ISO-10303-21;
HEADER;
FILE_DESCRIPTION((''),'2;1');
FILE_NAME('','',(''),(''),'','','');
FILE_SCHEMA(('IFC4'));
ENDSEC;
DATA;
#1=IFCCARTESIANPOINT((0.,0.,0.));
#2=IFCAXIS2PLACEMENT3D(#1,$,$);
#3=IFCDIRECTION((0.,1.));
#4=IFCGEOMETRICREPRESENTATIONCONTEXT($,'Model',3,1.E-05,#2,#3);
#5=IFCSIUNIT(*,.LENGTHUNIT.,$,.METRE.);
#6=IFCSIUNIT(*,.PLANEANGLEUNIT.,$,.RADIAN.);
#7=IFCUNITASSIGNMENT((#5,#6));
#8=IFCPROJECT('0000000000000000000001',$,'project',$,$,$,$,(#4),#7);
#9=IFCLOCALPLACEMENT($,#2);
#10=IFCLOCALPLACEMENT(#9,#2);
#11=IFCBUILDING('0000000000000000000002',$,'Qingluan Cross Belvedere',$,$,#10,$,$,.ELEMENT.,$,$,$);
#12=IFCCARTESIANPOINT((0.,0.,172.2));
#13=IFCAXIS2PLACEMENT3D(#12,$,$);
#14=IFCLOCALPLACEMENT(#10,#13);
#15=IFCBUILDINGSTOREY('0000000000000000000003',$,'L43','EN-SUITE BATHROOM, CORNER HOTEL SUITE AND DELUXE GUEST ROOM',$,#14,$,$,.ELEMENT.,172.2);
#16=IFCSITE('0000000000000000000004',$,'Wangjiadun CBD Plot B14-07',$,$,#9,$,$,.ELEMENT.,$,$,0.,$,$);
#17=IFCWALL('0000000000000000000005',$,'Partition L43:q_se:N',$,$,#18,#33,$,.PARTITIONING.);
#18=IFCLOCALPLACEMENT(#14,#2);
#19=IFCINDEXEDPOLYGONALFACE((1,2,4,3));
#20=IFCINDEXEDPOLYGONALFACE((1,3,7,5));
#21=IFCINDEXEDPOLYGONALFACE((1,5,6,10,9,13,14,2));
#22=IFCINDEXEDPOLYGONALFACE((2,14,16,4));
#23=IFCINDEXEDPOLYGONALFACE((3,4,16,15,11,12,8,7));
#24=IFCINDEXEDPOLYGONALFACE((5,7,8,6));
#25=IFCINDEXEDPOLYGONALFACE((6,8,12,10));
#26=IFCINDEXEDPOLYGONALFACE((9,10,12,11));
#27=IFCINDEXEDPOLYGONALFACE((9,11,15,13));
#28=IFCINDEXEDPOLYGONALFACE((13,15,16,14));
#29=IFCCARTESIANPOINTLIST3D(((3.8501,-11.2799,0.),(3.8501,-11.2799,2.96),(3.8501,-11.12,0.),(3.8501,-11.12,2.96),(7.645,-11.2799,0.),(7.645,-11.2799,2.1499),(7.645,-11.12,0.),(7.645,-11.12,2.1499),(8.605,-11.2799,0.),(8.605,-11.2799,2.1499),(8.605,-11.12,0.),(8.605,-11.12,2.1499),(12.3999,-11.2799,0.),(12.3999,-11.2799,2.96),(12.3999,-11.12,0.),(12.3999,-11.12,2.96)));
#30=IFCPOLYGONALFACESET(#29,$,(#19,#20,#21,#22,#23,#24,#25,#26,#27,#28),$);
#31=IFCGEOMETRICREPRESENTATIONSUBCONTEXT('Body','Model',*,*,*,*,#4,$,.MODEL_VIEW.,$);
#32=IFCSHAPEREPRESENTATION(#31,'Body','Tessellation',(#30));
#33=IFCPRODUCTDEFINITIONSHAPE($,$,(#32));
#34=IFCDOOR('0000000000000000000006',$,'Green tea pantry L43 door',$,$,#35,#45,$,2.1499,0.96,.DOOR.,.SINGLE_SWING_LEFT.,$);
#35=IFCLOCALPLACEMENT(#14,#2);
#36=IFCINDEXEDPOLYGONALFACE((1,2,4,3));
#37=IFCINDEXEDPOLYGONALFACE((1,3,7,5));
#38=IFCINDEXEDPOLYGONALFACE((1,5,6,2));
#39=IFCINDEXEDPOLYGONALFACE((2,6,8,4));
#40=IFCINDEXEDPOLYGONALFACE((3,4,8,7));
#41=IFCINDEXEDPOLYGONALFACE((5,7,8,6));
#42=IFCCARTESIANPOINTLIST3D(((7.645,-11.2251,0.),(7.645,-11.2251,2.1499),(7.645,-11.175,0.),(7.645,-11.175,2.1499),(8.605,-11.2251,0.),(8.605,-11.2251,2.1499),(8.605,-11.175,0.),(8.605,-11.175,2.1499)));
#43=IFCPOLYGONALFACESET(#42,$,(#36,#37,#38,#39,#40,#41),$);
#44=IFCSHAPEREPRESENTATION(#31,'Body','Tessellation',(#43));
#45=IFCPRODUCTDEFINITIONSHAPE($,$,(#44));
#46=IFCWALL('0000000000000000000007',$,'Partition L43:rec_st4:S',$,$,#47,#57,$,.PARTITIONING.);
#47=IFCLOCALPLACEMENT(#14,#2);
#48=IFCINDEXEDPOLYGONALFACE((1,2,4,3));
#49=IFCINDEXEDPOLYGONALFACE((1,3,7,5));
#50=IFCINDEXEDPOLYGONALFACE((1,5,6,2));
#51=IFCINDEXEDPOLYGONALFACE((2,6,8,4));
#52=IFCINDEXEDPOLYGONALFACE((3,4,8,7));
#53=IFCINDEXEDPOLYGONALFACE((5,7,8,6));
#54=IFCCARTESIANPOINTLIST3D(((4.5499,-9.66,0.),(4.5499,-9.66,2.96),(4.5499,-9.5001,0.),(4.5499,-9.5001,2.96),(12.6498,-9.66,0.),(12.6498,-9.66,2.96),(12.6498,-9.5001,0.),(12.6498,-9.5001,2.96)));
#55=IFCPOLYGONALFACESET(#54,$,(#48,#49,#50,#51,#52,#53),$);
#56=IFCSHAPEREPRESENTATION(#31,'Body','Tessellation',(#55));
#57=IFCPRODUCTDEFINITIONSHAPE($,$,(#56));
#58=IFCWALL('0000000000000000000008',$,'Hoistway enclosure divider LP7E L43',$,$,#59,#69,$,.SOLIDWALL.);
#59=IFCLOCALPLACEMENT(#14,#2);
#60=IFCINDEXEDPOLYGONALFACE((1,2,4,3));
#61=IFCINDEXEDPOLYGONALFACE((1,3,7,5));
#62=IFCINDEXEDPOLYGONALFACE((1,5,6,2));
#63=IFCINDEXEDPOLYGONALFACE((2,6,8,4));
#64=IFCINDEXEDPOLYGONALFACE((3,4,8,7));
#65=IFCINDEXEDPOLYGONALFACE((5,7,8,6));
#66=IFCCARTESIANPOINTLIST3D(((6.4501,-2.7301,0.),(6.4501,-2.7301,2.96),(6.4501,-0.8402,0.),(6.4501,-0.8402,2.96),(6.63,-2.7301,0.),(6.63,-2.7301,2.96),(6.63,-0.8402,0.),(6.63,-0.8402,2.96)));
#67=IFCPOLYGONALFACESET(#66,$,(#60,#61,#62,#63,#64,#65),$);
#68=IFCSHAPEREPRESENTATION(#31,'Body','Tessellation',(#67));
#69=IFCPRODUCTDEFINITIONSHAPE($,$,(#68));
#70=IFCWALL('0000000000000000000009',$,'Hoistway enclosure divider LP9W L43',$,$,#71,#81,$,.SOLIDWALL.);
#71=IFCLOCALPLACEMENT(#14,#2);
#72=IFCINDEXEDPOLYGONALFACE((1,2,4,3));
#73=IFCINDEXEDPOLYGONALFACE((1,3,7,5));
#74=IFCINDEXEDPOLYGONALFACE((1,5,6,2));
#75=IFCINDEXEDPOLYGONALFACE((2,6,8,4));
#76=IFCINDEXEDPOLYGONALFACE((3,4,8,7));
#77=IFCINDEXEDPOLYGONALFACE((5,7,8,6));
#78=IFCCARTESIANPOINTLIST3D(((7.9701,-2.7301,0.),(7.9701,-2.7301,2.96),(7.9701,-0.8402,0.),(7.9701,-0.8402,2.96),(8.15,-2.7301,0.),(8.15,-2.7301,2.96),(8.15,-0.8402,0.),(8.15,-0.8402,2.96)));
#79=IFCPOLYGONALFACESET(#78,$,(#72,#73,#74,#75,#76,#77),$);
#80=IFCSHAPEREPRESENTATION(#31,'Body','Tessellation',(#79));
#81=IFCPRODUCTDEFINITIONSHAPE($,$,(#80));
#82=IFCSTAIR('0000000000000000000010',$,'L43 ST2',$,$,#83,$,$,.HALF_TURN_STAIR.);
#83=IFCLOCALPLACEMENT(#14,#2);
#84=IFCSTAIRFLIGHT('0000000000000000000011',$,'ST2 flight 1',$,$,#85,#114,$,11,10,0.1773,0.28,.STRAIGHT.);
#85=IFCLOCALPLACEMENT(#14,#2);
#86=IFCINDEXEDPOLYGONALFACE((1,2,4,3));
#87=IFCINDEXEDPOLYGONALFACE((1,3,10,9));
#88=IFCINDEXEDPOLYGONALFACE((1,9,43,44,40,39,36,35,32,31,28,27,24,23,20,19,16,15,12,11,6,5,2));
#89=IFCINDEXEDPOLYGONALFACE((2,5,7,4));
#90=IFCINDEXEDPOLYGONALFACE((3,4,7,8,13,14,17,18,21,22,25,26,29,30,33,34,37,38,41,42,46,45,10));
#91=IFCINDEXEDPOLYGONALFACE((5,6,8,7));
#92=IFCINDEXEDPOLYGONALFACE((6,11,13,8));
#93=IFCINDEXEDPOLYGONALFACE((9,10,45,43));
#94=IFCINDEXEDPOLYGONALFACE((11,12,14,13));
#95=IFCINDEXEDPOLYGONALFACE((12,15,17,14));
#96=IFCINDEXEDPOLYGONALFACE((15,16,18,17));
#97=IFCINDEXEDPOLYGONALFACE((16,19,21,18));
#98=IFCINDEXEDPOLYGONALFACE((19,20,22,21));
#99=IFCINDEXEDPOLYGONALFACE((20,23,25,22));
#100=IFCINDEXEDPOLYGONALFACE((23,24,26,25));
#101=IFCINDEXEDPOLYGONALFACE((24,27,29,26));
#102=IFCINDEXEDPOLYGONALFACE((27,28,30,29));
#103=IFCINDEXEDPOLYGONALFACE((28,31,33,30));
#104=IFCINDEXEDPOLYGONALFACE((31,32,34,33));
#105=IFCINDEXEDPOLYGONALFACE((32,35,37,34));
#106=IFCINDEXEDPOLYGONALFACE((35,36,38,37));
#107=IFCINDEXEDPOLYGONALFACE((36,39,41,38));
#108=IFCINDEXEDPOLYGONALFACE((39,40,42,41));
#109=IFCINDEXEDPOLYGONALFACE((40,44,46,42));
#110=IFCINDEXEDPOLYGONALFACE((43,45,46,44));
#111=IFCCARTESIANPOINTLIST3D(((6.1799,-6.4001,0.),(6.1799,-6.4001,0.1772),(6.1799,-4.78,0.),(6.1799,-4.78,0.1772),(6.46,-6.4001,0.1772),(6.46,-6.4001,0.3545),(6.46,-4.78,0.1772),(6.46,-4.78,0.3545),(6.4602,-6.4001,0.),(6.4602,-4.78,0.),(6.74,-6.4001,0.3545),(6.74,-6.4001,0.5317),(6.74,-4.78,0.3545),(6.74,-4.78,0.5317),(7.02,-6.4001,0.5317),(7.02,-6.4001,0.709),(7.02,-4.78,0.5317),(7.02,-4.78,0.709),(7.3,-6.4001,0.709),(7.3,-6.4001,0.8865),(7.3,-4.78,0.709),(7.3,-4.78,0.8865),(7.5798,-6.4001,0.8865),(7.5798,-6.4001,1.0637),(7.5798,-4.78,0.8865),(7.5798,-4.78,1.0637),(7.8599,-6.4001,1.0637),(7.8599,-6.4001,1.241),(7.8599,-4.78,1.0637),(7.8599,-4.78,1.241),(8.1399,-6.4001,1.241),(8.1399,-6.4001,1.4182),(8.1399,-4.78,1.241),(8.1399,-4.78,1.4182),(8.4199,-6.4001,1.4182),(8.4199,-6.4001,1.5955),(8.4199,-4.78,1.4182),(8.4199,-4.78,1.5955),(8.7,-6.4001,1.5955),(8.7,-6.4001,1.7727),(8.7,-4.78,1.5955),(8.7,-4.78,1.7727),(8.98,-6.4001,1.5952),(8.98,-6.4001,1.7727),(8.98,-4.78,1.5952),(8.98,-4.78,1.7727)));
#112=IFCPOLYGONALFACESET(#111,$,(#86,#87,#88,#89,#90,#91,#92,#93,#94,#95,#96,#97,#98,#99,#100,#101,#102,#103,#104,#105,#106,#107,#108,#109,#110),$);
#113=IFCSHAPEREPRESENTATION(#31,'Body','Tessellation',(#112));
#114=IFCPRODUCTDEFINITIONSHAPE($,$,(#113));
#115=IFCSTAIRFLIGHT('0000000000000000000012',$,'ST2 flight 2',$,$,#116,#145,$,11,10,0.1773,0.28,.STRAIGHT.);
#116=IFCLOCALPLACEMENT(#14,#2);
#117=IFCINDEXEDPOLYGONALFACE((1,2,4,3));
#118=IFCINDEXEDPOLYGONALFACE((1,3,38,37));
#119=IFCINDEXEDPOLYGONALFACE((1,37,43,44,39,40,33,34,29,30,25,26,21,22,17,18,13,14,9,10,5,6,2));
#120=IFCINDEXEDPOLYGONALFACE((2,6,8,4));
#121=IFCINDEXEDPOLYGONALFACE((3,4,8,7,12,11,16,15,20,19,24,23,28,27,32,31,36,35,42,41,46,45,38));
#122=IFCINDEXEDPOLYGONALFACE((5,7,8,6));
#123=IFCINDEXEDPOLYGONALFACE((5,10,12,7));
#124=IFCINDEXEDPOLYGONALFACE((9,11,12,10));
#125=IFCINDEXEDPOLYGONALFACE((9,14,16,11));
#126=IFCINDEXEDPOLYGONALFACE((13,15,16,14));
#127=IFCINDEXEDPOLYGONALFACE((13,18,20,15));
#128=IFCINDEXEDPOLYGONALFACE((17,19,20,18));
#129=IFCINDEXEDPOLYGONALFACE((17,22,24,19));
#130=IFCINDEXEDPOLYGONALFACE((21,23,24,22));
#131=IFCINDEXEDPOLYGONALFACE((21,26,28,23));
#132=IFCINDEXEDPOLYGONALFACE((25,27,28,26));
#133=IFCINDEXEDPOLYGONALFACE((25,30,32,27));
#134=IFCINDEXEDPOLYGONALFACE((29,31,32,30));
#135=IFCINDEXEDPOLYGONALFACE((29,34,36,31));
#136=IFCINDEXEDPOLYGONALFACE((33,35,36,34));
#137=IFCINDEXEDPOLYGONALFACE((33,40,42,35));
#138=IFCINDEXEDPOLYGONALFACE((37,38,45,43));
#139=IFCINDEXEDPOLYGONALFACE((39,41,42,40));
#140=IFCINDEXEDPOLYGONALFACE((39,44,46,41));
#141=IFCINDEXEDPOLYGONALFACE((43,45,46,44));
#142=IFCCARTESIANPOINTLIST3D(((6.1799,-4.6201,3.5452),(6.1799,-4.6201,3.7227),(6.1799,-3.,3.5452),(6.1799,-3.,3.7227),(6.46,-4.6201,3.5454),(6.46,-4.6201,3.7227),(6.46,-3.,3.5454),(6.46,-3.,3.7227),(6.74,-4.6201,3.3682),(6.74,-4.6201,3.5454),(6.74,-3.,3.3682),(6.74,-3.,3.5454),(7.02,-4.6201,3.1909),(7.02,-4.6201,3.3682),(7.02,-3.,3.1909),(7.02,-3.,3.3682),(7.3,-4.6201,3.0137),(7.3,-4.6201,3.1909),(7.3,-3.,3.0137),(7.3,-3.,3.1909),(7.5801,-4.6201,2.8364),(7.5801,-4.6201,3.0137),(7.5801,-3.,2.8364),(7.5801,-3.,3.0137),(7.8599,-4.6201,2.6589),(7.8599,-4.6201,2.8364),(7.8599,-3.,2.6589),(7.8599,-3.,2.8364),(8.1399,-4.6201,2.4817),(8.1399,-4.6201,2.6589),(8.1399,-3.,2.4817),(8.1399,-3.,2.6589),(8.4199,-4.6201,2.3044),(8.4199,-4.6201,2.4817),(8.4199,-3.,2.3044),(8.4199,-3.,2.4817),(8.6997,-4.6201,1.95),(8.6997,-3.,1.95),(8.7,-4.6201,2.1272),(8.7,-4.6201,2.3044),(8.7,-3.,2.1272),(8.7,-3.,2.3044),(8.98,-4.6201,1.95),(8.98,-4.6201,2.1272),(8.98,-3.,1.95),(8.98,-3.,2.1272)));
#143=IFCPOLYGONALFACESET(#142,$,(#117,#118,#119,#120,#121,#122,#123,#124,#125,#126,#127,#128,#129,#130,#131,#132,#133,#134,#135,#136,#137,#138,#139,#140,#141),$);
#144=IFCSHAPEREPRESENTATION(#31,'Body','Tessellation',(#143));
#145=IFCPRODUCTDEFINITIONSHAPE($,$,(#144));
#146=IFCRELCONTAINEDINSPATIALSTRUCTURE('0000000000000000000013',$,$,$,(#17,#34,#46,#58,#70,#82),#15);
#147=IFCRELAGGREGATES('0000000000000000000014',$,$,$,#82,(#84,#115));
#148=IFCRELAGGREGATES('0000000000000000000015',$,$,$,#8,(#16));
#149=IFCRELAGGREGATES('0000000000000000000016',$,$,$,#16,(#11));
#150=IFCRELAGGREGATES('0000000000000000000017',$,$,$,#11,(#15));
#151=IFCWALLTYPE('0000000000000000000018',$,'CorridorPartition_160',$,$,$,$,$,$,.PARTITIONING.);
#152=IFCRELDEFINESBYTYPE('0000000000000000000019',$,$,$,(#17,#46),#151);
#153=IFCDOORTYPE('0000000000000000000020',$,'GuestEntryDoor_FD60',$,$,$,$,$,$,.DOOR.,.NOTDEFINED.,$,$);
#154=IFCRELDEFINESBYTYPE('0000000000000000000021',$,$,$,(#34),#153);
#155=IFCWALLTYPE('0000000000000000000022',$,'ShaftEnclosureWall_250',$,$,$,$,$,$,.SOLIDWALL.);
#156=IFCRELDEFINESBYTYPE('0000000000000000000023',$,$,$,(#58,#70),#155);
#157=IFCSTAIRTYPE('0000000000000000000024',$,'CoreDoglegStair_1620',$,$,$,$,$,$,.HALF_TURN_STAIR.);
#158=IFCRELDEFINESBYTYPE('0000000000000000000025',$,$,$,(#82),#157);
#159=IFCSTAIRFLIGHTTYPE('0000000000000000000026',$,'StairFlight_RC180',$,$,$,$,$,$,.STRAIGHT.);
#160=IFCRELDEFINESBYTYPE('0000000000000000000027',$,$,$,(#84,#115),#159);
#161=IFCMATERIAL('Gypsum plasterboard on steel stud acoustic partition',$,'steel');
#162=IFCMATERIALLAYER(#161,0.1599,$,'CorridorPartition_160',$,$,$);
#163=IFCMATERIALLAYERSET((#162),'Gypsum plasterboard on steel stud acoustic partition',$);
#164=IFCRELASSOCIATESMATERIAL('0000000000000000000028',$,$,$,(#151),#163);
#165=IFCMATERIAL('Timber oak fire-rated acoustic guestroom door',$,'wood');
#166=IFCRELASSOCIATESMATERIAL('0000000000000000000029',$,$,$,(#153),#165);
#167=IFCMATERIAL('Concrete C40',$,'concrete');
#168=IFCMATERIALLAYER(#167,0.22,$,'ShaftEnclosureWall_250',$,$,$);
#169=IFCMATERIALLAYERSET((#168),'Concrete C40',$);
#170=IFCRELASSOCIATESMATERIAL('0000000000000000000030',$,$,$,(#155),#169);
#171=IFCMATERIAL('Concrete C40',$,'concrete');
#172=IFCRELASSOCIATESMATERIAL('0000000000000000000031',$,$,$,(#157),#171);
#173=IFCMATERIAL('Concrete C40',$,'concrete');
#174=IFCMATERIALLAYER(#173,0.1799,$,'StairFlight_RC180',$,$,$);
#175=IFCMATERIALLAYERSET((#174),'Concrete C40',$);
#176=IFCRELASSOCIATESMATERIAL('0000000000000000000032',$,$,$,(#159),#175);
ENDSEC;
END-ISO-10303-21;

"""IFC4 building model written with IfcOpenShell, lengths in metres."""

from ifc_helpers import new_model, si_unit, direction, frame, frame_2d, origin, place, context, subcontext, project, spatial, polyline, rectangle, outline, extrude, material, layer, layer_set, type_object, element, fill, aggregate, save


model = new_model("IFC4")

# Units and contexts
model_context = context("Model", 3, precision=1e-05, world=origin(), true_north=direction((0.0, 1.0)))
body_context = subcontext(model_context, "Body", "Model", "MODEL_VIEW")
ifc_project = project(units=[si_unit("LENGTHUNIT", "METRE"), si_unit("PLANEANGLEUNIT", "RADIAN")], contexts=[model_context])

# Site, building, storey
site_placement = place(None, origin())
site = spatial("IfcSite", under=ifc_project, at=site_placement, Name="Wangjiadun CBD Plot B14-07", CompositionType="ELEMENT", RefElevation=0.0)
building_placement = place(site_placement, origin())
building = spatial("IfcBuilding", under=site, at=building_placement, Name="Qingluan Cross Belvedere", CompositionType="ELEMENT")
storey_placement = place(building_placement, frame((0.0, 0.0, 172.2)))
storey = spatial("IfcBuildingStorey", under=building, at=storey_placement, Name="L43", Description="EN-SUITE BATHROOM, CORNER HOTEL SUITE AND DELUXE GUEST ROOM", CompositionType="ELEMENT", Elevation=172.2)

# Wall, opening, door
ifc_material_1 = material(Name="Gypsum plasterboard on steel stud acoustic partition", Category="steel")
ifc_layer_1 = layer(ifc_material_1, 0.1599, Name="CorridorPartition_160")
ifc_layer_set_1 = layer_set([ifc_layer_1], Name="Gypsum plasterboard on steel stud acoustic partition")
wall_type_1 = type_object("IfcWallType", Name="CorridorPartition_160", PredefinedType="PARTITIONING", material=ifc_layer_set_1)
wall_1_placement = place(storey_placement, frame((3.8501, -11.2, 0.0), z_axis=(0.0, 0.0, 1.0), x_axis=(1.0, 0.0, 0.0)))
wall_1 = element("IfcWall", 1, at=wall_1_placement, inside=storey, type_object=wall_type_1, Name="Partition L43:q_se:N", PredefinedType="PARTITIONING", context=body_context, shape_type="SweptSolid", body=[
    extrude(rectangle(XDim=8.5498, YDim=0.1599, at=frame_2d((4.2749, 0.0))), origin(), (0.0, 0.0, 1.0), 2.96),
])
opening_1_placement = place(wall_1_placement, frame((3.7949, 0.0, 0.0)))
opening_1 = element("IfcOpeningElement", 2, at=opening_1_placement, cuts=wall_1, PredefinedType="OPENING", context=body_context, shape_type="SweptSolid", body=[
    extrude(rectangle(XDim=0.96, YDim=2.1499, at=frame_2d((0.48, 1.075))), frame((0.0, 0.0898, 0.0), z_axis=(0.0, -1.0, 0.0), x_axis=(1.0, 0.0, 0.0)), (0.0, 0.0, 1.0), 0.1799),
])
ifc_material_2 = material(Name="Timber oak fire-rated acoustic guestroom door", Category="wood")
door_type_1 = type_object("IfcDoorType", Name="GuestEntryDoor_FD60", OperationType="NOTDEFINED", PredefinedType="DOOR", material=ifc_material_2)
door_1_placement = place(opening_1_placement, origin())
door_1 = element("IfcDoor", 3, at=door_1_placement, inside=storey, type_object=door_type_1, Name="Green tea pantry L43 door", OperationType="SINGLE_SWING_LEFT", OverallHeight=2.1499, OverallWidth=0.96, PredefinedType="DOOR", context=body_context, shape_type="SweptSolid", body=[
    extrude(rectangle(XDim=0.96, YDim=2.1499, at=frame_2d((0.48, 1.075))), frame((0.0, 0.0249, 0.0), z_axis=(0.0, -1.0, 0.0), x_axis=(1.0, 0.0, 0.0)), (0.0, 0.0, 1.0), 0.05),
])
fill(opening_1, door_1)

# Wall
wall_2_placement = place(storey_placement, frame((4.55, -9.5801, 0.0), z_axis=(0.0, 0.0, 1.0), x_axis=(1.0, 0.0, 0.0)))
element("IfcWall", 4, at=wall_2_placement, inside=storey, type_object=wall_type_1, Name="Partition L43:rec_st4:S", PredefinedType="PARTITIONING", context=body_context, shape_type="SweptSolid", body=[
    extrude(rectangle(XDim=8.0999, YDim=0.1599, at=frame_2d((4.0498, 0.0))), origin(), (0.0, 0.0, 1.0), 2.96),
])

# Walls
ifc_material_3 = material(Name="Concrete C40", Category="concrete")
ifc_layer_2 = layer(ifc_material_3, 0.22, Name="ShaftEnclosureWall_250")
ifc_layer_set_2 = layer_set([ifc_layer_2], Name="Concrete C40")
wall_type_2 = type_object("IfcWallType", Name="ShaftEnclosureWall_250", PredefinedType="SOLIDWALL", material=ifc_layer_set_2)
for number, where, z_axis, x_axis, name in (
    (5, (6.54, -2.73, 0.0), (0.0, 0.0, 1.0), (0.0, 1.0, 0.0), "Hoistway enclosure divider LP7E L43"),
    (6, (8.0601, -2.73, 0.0), (0.0, 0.0, 1.0), (0.0, 1.0, 0.0), "Hoistway enclosure divider LP9W L43"),
):
    element("IfcWall", number, at=place(storey_placement, frame(where, z_axis=z_axis, x_axis=x_axis)), inside=storey, type_object=wall_type_2, Name=name, PredefinedType="SOLIDWALL", context=body_context, shape_type="SweptSolid", body=[
        extrude(rectangle(XDim=1.8899, YDim=0.1799, at=frame_2d((0.9448, 0.0))), origin(), (0.0, 0.0, 1.0), 2.96),
    ])

# Stair, stair flights
ifc_material_4 = material(Name="Concrete C40", Category="concrete")
stair_type = type_object("IfcStairType", Name="CoreDoglegStair_1620", PredefinedType="HALF_TURN_STAIR", material=ifc_material_4)
stair_placement = place(storey_placement, origin())
stair = element("IfcStair", 7, at=stair_placement, inside=storey, type_object=stair_type, Name="L43 ST2", PredefinedType="HALF_TURN_STAIR")
ifc_material_5 = material(Name="Concrete C40", Category="concrete")
ifc_layer_3 = layer(ifc_material_5, 0.1799, Name="StairFlight_RC180")
ifc_layer_set_3 = layer_set([ifc_layer_3], Name="Concrete C40")
stair_flight_type = type_object("IfcStairFlightType", Name="StairFlight_RC180", PredefinedType="STRAIGHT", material=ifc_layer_set_3)
stair_flight_1_placement = place(storey_placement, frame((6.1799, -5.5901, 0.0), z_axis=(0.0, 0.0, 1.0), x_axis=(1.0, 0.0, 0.0)))
stair_flight_1 = element("IfcStairFlight", 8, at=stair_flight_1_placement, type_object=stair_flight_type, Name="ST2 flight 1", NumberOfRisers=11, NumberOfTreads=10, PredefinedType="STRAIGHT", RiserHeight=0.1773, TreadLength=0.28, context=body_context, shape_type="SweptSolid", body=[
    extrude(outline(polyline([(0.0, 0.0), (0.0, 0.1772), (0.28, 0.1772), (0.28, 0.3545), (0.5601, 0.3545), (0.5601, 0.5317), (0.8401, 0.5317), (0.8401, 0.709), (1.1201, 0.709), (1.1201, 0.8865), (1.3999, 0.8865), (1.3999, 1.0637), (1.6799, 1.0637), (1.6799, 1.241), (1.96, 1.241), (1.96, 1.4182), (2.24, 1.4182), (2.24, 1.5955), (2.52, 1.5955), (2.52, 1.7727), (2.8, 1.7727), (2.8, 1.95), (2.8, 1.5952), (0.2803, 0.0), (0.0, 0.0)])), frame((0.0, 0.8101, 0.0), z_axis=(0.0, -1.0, 0.0), x_axis=(1.0, 0.0, 0.0)), (0.0, 0.0, 1.0), 1.6201),
])
stair_flight_2_placement = place(storey_placement, frame((8.98, -3.8101, 1.95), z_axis=(0.0, 0.0, 1.0), x_axis=(-1.0, 0.0, 0.0)))
stair_flight_2 = element("IfcStairFlight", 9, at=stair_flight_2_placement, type_object=stair_flight_type, Name="ST2 flight 2", NumberOfRisers=11, NumberOfTreads=10, PredefinedType="STRAIGHT", RiserHeight=0.1773, TreadLength=0.28, context=body_context, shape_type="SweptSolid", body=[
    extrude(outline(polyline([(0.0, 0.0), (0.0, 0.1772), (0.28, 0.1772), (0.28, 0.3545), (0.5601, 0.3545), (0.5601, 0.5317), (0.8401, 0.5317), (0.8401, 0.709), (1.1201, 0.709), (1.1201, 0.8865), (1.3999, 0.8865), (1.3999, 1.0637), (1.6799, 1.0637), (1.6799, 1.241), (1.96, 1.241), (1.96, 1.4182), (2.24, 1.4182), (2.24, 1.5955), (2.52, 1.5955), (2.52, 1.7727), (2.8, 1.7727), (2.8, 1.95), (2.8, 1.5952), (0.2803, 0.0), (0.0, 0.0)])), frame((0.0, 0.8101, 0.0), z_axis=(0.0, -1.0, 0.0), x_axis=(1.0, 0.0, 0.0)), (0.0, 0.0, 1.0), 1.6201),
])
aggregate(stair, [stair_flight_1, stair_flight_2])

save(model, "model.ifc")
